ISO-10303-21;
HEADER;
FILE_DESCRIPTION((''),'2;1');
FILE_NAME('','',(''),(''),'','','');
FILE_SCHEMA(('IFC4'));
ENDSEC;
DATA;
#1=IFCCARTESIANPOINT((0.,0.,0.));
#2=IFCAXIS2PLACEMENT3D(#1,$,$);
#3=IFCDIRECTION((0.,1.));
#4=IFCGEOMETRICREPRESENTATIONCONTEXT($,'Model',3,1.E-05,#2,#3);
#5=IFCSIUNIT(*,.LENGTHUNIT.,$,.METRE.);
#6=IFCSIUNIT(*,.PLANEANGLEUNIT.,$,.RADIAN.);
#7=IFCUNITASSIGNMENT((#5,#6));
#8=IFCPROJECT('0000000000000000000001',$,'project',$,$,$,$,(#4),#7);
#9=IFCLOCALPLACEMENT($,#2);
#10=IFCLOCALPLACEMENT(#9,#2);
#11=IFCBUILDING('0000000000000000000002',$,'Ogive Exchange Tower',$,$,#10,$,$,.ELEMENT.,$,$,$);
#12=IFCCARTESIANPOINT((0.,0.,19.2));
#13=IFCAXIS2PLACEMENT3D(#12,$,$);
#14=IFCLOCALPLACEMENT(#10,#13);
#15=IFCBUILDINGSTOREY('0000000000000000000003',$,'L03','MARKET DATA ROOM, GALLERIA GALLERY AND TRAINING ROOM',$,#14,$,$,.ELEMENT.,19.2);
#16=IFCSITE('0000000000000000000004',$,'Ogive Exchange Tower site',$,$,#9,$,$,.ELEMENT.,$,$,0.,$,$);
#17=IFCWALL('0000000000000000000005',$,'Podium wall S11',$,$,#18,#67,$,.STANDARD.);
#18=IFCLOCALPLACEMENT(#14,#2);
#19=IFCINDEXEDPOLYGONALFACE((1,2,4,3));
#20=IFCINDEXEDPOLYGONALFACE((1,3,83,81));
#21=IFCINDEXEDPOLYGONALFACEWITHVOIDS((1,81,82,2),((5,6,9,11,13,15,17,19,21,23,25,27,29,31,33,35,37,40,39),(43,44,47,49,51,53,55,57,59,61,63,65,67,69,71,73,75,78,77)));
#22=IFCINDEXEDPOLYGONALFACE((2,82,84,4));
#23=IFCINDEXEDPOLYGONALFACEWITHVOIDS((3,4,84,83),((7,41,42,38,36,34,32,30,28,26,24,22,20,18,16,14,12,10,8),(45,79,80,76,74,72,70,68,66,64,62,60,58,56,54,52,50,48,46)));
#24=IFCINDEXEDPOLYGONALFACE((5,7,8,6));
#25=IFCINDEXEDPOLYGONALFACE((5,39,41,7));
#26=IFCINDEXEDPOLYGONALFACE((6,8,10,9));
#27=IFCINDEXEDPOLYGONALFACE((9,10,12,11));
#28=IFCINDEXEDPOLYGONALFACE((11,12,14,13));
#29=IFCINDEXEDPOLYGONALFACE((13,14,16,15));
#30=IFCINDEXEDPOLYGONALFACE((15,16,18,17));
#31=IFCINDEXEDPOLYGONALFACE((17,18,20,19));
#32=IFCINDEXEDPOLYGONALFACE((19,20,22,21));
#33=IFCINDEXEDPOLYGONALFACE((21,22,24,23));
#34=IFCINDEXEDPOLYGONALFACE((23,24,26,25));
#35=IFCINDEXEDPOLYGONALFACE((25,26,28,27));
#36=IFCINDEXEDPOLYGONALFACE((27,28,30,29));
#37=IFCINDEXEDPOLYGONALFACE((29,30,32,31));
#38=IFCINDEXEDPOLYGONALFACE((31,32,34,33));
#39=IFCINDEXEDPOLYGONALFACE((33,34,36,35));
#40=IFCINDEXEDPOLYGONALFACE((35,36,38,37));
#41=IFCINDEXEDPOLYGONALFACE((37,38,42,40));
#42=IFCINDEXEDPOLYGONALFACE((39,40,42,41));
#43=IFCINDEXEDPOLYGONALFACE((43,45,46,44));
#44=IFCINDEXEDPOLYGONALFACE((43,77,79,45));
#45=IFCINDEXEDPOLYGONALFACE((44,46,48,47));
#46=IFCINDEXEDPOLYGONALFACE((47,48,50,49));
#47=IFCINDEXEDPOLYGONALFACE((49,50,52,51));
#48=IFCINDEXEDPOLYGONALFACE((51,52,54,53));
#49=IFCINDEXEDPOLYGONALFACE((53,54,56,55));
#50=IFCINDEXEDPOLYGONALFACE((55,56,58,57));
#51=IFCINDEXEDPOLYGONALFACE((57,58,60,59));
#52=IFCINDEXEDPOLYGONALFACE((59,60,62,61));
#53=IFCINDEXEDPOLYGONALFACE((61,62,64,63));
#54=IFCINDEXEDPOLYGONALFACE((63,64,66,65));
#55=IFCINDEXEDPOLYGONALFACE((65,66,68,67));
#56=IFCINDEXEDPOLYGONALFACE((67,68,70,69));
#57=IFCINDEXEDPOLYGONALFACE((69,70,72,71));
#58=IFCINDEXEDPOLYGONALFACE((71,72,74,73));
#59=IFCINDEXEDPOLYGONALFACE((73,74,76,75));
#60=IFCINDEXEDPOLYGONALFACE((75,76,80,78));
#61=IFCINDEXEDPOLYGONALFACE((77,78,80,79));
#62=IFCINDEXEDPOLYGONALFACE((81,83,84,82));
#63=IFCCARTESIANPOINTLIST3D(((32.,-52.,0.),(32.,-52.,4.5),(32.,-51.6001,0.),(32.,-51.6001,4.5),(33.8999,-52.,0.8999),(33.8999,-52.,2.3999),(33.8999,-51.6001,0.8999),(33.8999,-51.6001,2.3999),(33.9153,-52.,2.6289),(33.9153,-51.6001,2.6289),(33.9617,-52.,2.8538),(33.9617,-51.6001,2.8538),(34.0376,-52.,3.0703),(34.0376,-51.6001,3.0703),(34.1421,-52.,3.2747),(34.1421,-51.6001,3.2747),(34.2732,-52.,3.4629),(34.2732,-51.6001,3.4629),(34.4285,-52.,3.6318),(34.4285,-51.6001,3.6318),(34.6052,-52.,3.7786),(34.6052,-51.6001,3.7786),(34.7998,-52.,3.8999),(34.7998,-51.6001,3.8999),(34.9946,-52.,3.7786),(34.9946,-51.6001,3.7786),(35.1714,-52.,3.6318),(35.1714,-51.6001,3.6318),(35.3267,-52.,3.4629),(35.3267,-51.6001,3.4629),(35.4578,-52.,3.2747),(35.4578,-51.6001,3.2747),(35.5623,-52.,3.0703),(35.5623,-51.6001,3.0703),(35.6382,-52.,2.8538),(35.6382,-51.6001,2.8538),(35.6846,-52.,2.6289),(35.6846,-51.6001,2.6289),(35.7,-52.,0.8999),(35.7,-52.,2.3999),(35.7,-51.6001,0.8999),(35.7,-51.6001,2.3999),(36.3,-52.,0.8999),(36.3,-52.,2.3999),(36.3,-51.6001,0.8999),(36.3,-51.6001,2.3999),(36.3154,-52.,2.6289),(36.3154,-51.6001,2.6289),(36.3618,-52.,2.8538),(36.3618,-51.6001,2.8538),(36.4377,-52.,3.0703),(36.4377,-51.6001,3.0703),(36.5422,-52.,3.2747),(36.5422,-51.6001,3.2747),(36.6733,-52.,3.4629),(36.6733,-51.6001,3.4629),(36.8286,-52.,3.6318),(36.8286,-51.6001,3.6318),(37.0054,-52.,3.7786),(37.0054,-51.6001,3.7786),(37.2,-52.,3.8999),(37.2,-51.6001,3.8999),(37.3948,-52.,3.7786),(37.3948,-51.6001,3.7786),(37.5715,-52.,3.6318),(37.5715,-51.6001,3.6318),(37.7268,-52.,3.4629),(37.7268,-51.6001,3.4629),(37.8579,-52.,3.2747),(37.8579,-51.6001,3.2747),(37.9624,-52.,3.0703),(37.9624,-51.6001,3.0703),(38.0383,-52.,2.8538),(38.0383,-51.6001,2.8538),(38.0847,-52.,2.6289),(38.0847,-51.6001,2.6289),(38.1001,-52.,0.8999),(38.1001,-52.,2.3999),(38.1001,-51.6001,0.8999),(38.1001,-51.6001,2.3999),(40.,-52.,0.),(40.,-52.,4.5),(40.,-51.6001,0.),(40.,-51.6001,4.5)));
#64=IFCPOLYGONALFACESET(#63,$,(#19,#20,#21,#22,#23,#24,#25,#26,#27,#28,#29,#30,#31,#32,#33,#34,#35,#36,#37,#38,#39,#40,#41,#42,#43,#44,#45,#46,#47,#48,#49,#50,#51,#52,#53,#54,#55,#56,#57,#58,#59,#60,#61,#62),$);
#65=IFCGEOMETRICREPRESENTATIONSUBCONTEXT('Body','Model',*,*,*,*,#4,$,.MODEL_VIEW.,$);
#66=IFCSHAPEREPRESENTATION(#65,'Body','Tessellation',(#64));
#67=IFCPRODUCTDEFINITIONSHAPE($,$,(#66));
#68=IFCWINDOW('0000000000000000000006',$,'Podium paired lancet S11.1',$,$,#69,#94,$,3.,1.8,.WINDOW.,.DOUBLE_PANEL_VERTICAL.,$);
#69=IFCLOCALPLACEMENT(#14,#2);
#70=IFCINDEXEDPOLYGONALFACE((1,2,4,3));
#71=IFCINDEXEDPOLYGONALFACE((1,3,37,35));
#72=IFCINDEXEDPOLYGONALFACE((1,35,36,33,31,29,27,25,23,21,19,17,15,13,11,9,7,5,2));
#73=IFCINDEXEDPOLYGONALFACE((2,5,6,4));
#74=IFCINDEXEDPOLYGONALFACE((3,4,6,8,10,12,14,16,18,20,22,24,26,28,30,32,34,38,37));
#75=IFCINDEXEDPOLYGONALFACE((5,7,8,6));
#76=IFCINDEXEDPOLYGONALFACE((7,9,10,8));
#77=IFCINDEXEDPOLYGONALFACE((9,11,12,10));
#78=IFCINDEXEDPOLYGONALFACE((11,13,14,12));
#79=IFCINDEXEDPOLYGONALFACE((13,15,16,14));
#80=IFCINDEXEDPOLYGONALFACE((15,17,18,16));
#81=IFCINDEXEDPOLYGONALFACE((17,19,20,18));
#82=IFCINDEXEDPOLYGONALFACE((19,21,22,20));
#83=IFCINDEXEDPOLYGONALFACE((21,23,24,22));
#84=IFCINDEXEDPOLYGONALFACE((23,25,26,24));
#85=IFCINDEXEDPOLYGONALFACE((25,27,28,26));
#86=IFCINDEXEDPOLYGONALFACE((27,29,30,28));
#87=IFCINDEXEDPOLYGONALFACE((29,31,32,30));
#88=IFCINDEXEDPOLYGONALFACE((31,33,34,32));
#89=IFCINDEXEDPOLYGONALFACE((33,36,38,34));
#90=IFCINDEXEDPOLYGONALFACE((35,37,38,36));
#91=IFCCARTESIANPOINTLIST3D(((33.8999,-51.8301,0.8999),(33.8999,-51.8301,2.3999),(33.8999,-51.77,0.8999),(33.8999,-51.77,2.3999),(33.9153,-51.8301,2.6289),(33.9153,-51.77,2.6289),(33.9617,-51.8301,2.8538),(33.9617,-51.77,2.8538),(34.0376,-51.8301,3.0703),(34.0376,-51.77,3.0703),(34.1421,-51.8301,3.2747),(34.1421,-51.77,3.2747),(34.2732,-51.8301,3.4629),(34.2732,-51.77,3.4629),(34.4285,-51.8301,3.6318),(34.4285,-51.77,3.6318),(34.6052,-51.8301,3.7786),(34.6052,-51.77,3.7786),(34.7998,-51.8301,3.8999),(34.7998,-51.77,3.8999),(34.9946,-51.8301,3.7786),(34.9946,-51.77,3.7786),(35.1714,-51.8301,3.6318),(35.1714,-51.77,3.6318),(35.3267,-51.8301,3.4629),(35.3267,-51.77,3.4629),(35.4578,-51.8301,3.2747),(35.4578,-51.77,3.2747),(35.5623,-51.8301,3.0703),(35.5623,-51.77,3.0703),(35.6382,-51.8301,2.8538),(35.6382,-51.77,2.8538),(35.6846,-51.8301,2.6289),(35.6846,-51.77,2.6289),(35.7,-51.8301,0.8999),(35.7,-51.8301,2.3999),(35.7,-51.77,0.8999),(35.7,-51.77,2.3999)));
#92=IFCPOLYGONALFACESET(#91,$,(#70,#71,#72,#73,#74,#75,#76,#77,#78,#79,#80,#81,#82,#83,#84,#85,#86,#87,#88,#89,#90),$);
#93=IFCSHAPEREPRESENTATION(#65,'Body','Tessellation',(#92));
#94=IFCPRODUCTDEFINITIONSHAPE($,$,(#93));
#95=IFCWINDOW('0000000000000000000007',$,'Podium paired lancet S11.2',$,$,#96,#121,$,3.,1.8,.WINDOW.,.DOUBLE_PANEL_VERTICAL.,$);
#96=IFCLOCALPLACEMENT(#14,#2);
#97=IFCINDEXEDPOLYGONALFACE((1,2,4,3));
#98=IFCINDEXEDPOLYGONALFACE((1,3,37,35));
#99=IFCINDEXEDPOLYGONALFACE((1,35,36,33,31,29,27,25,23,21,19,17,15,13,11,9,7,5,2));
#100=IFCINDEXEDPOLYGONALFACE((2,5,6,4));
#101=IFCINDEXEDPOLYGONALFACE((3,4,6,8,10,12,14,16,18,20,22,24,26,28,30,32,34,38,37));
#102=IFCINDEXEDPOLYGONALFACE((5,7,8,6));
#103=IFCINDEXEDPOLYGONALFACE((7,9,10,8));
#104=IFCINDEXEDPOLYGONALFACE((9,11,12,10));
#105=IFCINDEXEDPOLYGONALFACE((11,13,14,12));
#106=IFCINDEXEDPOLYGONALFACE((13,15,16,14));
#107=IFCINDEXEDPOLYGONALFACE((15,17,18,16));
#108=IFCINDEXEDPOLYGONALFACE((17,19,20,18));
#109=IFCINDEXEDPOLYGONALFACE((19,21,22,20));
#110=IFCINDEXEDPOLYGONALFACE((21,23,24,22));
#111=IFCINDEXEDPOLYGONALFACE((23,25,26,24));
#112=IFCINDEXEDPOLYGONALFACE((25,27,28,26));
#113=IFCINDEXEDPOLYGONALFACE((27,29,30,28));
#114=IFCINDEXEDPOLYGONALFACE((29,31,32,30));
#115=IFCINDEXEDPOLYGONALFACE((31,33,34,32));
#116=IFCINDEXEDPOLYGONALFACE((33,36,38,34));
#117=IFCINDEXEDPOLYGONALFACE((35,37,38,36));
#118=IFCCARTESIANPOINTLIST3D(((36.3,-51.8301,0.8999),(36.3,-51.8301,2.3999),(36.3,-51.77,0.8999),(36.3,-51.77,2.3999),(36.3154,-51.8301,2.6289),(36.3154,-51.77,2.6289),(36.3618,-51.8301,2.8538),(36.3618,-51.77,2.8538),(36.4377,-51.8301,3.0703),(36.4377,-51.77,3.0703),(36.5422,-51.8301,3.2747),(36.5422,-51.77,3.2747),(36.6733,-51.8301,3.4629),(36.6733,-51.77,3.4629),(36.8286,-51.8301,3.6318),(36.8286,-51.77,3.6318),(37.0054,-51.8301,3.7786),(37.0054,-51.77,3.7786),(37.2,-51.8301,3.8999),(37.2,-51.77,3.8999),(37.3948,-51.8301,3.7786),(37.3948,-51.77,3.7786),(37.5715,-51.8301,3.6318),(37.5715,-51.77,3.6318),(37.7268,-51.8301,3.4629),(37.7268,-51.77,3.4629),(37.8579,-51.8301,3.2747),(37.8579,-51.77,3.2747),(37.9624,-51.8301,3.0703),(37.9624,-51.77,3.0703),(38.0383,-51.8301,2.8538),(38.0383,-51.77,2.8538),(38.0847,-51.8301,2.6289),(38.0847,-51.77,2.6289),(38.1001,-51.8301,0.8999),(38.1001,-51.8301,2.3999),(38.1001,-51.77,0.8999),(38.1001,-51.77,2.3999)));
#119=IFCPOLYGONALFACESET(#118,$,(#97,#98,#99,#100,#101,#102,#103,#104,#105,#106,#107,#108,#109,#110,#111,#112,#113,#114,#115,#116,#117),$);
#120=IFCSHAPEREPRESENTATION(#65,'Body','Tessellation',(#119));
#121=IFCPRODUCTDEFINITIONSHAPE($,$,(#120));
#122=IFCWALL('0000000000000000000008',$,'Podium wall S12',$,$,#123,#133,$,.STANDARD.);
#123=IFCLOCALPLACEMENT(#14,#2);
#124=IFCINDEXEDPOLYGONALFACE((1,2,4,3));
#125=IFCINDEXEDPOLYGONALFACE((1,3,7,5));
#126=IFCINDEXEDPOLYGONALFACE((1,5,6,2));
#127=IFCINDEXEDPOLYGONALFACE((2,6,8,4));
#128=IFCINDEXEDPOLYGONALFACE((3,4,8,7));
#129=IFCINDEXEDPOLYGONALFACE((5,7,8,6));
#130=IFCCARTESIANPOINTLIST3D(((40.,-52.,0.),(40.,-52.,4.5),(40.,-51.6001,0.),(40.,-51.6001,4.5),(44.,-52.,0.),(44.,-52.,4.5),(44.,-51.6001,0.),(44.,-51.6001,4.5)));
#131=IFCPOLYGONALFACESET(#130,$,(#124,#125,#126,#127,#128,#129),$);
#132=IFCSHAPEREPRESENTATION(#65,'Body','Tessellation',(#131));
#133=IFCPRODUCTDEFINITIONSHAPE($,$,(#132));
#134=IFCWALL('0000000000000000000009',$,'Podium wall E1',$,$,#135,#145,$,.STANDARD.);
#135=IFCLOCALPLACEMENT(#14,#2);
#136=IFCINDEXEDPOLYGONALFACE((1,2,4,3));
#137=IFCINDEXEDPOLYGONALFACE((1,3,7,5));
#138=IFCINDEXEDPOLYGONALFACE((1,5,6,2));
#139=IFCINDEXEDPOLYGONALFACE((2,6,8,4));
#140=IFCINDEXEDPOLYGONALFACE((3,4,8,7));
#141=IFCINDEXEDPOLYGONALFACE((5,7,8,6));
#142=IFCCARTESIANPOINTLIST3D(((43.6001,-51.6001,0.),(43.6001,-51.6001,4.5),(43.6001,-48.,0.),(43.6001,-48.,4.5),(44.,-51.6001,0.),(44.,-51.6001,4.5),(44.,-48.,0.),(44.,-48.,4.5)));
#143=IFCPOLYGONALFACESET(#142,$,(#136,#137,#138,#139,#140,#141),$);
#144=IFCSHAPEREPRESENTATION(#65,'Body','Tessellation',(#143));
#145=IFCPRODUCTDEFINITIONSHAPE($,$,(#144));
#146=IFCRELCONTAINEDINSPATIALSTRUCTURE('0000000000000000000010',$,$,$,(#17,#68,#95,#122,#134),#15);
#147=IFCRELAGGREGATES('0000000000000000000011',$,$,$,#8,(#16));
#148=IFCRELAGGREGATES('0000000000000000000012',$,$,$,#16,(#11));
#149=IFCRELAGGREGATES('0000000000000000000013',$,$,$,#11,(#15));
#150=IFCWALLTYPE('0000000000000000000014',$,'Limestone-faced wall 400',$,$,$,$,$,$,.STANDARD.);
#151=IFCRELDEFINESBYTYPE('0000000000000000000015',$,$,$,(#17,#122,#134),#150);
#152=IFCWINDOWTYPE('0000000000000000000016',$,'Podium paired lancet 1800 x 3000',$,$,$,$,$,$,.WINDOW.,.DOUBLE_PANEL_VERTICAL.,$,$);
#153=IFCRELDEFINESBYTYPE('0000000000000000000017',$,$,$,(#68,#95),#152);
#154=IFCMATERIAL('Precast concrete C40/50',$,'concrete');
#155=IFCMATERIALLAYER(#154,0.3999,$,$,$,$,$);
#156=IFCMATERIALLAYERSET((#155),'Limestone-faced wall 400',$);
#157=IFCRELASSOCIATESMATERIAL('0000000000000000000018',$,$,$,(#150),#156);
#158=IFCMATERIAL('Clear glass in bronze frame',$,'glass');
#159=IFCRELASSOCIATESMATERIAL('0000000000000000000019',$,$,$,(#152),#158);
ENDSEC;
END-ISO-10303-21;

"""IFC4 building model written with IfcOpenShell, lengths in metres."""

from ifc_helpers import new_model, si_unit, direction, frame, frame_2d, origin, place, context, subcontext, project, spatial, polyline, rectangle, outline, extrude, material, layer, layer_set, type_object, element, fill, save


model = new_model("IFC4")

# Units and contexts
model_context = context("Model", 3, precision=1e-05, world=origin(), true_north=direction((0.0, 1.0)))
body_context = subcontext(model_context, "Body", "Model", "MODEL_VIEW")
ifc_project = project(units=[si_unit("LENGTHUNIT", "METRE"), si_unit("PLANEANGLEUNIT", "RADIAN")], contexts=[model_context])

# Site, building, storey
site_placement = place(None, origin())
site = spatial("IfcSite", under=ifc_project, at=site_placement, Name="Ogive Exchange Tower site", CompositionType="ELEMENT", RefElevation=0.0)
building_placement = place(site_placement, origin())
building = spatial("IfcBuilding", under=site, at=building_placement, Name="Ogive Exchange Tower", CompositionType="ELEMENT")
storey_placement = place(building_placement, frame((0.0, 0.0, 19.2)))
storey = spatial("IfcBuildingStorey", under=building, at=storey_placement, Name="L03", Description="MARKET DATA ROOM, GALLERIA GALLERY AND TRAINING ROOM", CompositionType="ELEMENT", Elevation=19.2)

# Wall, openings, windows
ifc_material_1 = material(Name="Precast concrete C40/50", Category="concrete")
ifc_layer_1 = layer(ifc_material_1, 0.3999)
ifc_layer_set_1 = layer_set([ifc_layer_1], Name="Limestone-faced wall 400")
wall_type_1 = type_object("IfcWallType", Name="Limestone-faced wall 400", PredefinedType="STANDARD", material=ifc_layer_set_1)
wall_1_placement = place(storey_placement, frame((32.0, -51.8, 0.0), z_axis=(0.0, 0.0, 1.0), x_axis=(1.0, 0.0, 0.0)))
wall_1 = element("IfcWall", 1, at=wall_1_placement, inside=storey, type_object=wall_type_1, Name="Podium wall S11", PredefinedType="STANDARD", context=body_context, shape_type="SweptSolid", body=[
    extrude(rectangle(XDim=8.0, YDim=0.3999, at=frame_2d((4.0, 0.0))), origin(), (0.0, 0.0, 1.0), 4.5),
])
opening_1_placement = place(wall_1_placement, frame((1.8999, 0.0, 0.8999)))
opening_1 = element("IfcOpeningElement", 2, at=opening_1_placement, cuts=wall_1, PredefinedType="OPENING", context=body_context, shape_type="SweptSolid", body=[
    extrude(outline(polyline([(0.0, 0.0), (1.8, 0.0), (1.8, 1.5), (1.7847, 1.729), (1.7383, 1.9539), (1.6624, 2.1704), (1.5579, 2.3748), (1.4268, 2.563), (1.2715, 2.7319), (1.0947, 2.8787), (0.8999, 3.0), (0.7053, 2.8787), (0.5286, 2.7319), (0.3733, 2.563), (0.2422, 2.3748), (0.1377, 2.1704), (0.0618, 1.9539), (0.0154, 1.729), (0.0, 1.5), (0.0, 0.0)])), frame((0.0, 0.21, 0.0), z_axis=(0.0, -1.0, 0.0), x_axis=(1.0, 0.0, 0.0)), (0.0, 0.0, 1.0), 0.4199),
])
opening_2_placement = place(wall_1_placement, frame((4.3, 0.0, 0.8999)))
opening_2 = element("IfcOpeningElement", 3, at=opening_2_placement, cuts=wall_1, PredefinedType="OPENING", context=body_context, shape_type="SweptSolid", body=[
    extrude(outline(polyline([(0.0, 0.0), (1.8, 0.0), (1.8, 1.5), (1.7847, 1.729), (1.7383, 1.9539), (1.6624, 2.1704), (1.5579, 2.3748), (1.4268, 2.563), (1.2715, 2.7319), (1.0947, 2.8787), (0.8999, 3.0), (0.7053, 2.8787), (0.5286, 2.7319), (0.3733, 2.563), (0.2422, 2.3748), (0.1377, 2.1704), (0.0618, 1.9539), (0.0154, 1.729), (0.0, 1.5), (0.0, 0.0)])), frame((0.0, 0.21, 0.0), z_axis=(0.0, -1.0, 0.0), x_axis=(1.0, 0.0, 0.0)), (0.0, 0.0, 1.0), 0.4199),
])
ifc_material_2 = material(Name="Clear glass in bronze frame", Category="glass")
window_type_1 = type_object("IfcWindowType", Name="Podium paired lancet 1800 x 3000", PartitioningType="DOUBLE_PANEL_VERTICAL", PredefinedType="WINDOW", material=ifc_material_2)
window_1_placement = place(opening_1_placement, origin())
window_1 = element("IfcWindow", 4, at=window_1_placement, inside=storey, type_object=window_type_1, Name="Podium paired lancet S11.1", OverallHeight=3.0, OverallWidth=1.8, PartitioningType="DOUBLE_PANEL_VERTICAL", PredefinedType="WINDOW", context=body_context, shape_type="SweptSolid", body=[
    extrude(outline(polyline([(0.0, 0.0), (1.8, 0.0), (1.8, 1.5), (1.7847, 1.729), (1.7383, 1.9539), (1.6624, 2.1704), (1.5579, 2.3748), (1.4268, 2.563), (1.2715, 2.7319), (1.0947, 2.8787), (0.8999, 3.0), (0.7053, 2.8787), (0.5286, 2.7319), (0.3733, 2.563), (0.2422, 2.3748), (0.1377, 2.1704), (0.0618, 1.9539), (0.0154, 1.729), (0.0, 1.5), (0.0, 0.0)])), frame((0.0, 0.03, 0.0), z_axis=(0.0, -1.0, 0.0), x_axis=(1.0, 0.0, 0.0)), (0.0, 0.0, 1.0), 0.0601),
])
fill(opening_1, window_1)
window_2_placement = place(opening_2_placement, origin())
window_2 = element("IfcWindow", 5, at=window_2_placement, inside=storey, type_object=window_type_1, Name="Podium paired lancet S11.2", OverallHeight=3.0, OverallWidth=1.8, PartitioningType="DOUBLE_PANEL_VERTICAL", PredefinedType="WINDOW", context=body_context, shape_type="SweptSolid", body=[
    extrude(outline(polyline([(0.0, 0.0), (1.8, 0.0), (1.8, 1.5), (1.7847, 1.729), (1.7383, 1.9539), (1.6624, 2.1704), (1.5579, 2.3748), (1.4268, 2.563), (1.2715, 2.7319), (1.0947, 2.8787), (0.8999, 3.0), (0.7053, 2.8787), (0.5286, 2.7319), (0.3733, 2.563), (0.2422, 2.3748), (0.1377, 2.1704), (0.0618, 1.9539), (0.0154, 1.729), (0.0, 1.5), (0.0, 0.0)])), frame((0.0, 0.03, 0.0), z_axis=(0.0, -1.0, 0.0), x_axis=(1.0, 0.0, 0.0)), (0.0, 0.0, 1.0), 0.0601),
])
fill(opening_2, window_2)

# Walls
wall_2_placement = place(storey_placement, frame((40.0, -51.8, 0.0), z_axis=(0.0, 0.0, 1.0), x_axis=(1.0, 0.0, 0.0)))
element("IfcWall", 6, at=wall_2_placement, inside=storey, type_object=wall_type_1, Name="Podium wall S12", PredefinedType="STANDARD", context=body_context, shape_type="SweptSolid", body=[
    extrude(rectangle(XDim=4.0, YDim=0.3999, at=frame_2d((2.0, 0.0))), origin(), (0.0, 0.0, 1.0), 4.5),
])
wall_3_placement = place(storey_placement, frame((43.8, -51.6001, 0.0), z_axis=(0.0, 0.0, 1.0), x_axis=(0.0, 1.0, 0.0)))
element("IfcWall", 7, at=wall_3_placement, inside=storey, type_object=wall_type_1, Name="Podium wall E1", PredefinedType="STANDARD", context=body_context, shape_type="SweptSolid", body=[
    extrude(rectangle(XDim=3.6001, YDim=0.3999, at=frame_2d((1.8, 0.0))), origin(), (0.0, 0.0, 1.0), 4.5),
])

save(model, "model.ifc")
